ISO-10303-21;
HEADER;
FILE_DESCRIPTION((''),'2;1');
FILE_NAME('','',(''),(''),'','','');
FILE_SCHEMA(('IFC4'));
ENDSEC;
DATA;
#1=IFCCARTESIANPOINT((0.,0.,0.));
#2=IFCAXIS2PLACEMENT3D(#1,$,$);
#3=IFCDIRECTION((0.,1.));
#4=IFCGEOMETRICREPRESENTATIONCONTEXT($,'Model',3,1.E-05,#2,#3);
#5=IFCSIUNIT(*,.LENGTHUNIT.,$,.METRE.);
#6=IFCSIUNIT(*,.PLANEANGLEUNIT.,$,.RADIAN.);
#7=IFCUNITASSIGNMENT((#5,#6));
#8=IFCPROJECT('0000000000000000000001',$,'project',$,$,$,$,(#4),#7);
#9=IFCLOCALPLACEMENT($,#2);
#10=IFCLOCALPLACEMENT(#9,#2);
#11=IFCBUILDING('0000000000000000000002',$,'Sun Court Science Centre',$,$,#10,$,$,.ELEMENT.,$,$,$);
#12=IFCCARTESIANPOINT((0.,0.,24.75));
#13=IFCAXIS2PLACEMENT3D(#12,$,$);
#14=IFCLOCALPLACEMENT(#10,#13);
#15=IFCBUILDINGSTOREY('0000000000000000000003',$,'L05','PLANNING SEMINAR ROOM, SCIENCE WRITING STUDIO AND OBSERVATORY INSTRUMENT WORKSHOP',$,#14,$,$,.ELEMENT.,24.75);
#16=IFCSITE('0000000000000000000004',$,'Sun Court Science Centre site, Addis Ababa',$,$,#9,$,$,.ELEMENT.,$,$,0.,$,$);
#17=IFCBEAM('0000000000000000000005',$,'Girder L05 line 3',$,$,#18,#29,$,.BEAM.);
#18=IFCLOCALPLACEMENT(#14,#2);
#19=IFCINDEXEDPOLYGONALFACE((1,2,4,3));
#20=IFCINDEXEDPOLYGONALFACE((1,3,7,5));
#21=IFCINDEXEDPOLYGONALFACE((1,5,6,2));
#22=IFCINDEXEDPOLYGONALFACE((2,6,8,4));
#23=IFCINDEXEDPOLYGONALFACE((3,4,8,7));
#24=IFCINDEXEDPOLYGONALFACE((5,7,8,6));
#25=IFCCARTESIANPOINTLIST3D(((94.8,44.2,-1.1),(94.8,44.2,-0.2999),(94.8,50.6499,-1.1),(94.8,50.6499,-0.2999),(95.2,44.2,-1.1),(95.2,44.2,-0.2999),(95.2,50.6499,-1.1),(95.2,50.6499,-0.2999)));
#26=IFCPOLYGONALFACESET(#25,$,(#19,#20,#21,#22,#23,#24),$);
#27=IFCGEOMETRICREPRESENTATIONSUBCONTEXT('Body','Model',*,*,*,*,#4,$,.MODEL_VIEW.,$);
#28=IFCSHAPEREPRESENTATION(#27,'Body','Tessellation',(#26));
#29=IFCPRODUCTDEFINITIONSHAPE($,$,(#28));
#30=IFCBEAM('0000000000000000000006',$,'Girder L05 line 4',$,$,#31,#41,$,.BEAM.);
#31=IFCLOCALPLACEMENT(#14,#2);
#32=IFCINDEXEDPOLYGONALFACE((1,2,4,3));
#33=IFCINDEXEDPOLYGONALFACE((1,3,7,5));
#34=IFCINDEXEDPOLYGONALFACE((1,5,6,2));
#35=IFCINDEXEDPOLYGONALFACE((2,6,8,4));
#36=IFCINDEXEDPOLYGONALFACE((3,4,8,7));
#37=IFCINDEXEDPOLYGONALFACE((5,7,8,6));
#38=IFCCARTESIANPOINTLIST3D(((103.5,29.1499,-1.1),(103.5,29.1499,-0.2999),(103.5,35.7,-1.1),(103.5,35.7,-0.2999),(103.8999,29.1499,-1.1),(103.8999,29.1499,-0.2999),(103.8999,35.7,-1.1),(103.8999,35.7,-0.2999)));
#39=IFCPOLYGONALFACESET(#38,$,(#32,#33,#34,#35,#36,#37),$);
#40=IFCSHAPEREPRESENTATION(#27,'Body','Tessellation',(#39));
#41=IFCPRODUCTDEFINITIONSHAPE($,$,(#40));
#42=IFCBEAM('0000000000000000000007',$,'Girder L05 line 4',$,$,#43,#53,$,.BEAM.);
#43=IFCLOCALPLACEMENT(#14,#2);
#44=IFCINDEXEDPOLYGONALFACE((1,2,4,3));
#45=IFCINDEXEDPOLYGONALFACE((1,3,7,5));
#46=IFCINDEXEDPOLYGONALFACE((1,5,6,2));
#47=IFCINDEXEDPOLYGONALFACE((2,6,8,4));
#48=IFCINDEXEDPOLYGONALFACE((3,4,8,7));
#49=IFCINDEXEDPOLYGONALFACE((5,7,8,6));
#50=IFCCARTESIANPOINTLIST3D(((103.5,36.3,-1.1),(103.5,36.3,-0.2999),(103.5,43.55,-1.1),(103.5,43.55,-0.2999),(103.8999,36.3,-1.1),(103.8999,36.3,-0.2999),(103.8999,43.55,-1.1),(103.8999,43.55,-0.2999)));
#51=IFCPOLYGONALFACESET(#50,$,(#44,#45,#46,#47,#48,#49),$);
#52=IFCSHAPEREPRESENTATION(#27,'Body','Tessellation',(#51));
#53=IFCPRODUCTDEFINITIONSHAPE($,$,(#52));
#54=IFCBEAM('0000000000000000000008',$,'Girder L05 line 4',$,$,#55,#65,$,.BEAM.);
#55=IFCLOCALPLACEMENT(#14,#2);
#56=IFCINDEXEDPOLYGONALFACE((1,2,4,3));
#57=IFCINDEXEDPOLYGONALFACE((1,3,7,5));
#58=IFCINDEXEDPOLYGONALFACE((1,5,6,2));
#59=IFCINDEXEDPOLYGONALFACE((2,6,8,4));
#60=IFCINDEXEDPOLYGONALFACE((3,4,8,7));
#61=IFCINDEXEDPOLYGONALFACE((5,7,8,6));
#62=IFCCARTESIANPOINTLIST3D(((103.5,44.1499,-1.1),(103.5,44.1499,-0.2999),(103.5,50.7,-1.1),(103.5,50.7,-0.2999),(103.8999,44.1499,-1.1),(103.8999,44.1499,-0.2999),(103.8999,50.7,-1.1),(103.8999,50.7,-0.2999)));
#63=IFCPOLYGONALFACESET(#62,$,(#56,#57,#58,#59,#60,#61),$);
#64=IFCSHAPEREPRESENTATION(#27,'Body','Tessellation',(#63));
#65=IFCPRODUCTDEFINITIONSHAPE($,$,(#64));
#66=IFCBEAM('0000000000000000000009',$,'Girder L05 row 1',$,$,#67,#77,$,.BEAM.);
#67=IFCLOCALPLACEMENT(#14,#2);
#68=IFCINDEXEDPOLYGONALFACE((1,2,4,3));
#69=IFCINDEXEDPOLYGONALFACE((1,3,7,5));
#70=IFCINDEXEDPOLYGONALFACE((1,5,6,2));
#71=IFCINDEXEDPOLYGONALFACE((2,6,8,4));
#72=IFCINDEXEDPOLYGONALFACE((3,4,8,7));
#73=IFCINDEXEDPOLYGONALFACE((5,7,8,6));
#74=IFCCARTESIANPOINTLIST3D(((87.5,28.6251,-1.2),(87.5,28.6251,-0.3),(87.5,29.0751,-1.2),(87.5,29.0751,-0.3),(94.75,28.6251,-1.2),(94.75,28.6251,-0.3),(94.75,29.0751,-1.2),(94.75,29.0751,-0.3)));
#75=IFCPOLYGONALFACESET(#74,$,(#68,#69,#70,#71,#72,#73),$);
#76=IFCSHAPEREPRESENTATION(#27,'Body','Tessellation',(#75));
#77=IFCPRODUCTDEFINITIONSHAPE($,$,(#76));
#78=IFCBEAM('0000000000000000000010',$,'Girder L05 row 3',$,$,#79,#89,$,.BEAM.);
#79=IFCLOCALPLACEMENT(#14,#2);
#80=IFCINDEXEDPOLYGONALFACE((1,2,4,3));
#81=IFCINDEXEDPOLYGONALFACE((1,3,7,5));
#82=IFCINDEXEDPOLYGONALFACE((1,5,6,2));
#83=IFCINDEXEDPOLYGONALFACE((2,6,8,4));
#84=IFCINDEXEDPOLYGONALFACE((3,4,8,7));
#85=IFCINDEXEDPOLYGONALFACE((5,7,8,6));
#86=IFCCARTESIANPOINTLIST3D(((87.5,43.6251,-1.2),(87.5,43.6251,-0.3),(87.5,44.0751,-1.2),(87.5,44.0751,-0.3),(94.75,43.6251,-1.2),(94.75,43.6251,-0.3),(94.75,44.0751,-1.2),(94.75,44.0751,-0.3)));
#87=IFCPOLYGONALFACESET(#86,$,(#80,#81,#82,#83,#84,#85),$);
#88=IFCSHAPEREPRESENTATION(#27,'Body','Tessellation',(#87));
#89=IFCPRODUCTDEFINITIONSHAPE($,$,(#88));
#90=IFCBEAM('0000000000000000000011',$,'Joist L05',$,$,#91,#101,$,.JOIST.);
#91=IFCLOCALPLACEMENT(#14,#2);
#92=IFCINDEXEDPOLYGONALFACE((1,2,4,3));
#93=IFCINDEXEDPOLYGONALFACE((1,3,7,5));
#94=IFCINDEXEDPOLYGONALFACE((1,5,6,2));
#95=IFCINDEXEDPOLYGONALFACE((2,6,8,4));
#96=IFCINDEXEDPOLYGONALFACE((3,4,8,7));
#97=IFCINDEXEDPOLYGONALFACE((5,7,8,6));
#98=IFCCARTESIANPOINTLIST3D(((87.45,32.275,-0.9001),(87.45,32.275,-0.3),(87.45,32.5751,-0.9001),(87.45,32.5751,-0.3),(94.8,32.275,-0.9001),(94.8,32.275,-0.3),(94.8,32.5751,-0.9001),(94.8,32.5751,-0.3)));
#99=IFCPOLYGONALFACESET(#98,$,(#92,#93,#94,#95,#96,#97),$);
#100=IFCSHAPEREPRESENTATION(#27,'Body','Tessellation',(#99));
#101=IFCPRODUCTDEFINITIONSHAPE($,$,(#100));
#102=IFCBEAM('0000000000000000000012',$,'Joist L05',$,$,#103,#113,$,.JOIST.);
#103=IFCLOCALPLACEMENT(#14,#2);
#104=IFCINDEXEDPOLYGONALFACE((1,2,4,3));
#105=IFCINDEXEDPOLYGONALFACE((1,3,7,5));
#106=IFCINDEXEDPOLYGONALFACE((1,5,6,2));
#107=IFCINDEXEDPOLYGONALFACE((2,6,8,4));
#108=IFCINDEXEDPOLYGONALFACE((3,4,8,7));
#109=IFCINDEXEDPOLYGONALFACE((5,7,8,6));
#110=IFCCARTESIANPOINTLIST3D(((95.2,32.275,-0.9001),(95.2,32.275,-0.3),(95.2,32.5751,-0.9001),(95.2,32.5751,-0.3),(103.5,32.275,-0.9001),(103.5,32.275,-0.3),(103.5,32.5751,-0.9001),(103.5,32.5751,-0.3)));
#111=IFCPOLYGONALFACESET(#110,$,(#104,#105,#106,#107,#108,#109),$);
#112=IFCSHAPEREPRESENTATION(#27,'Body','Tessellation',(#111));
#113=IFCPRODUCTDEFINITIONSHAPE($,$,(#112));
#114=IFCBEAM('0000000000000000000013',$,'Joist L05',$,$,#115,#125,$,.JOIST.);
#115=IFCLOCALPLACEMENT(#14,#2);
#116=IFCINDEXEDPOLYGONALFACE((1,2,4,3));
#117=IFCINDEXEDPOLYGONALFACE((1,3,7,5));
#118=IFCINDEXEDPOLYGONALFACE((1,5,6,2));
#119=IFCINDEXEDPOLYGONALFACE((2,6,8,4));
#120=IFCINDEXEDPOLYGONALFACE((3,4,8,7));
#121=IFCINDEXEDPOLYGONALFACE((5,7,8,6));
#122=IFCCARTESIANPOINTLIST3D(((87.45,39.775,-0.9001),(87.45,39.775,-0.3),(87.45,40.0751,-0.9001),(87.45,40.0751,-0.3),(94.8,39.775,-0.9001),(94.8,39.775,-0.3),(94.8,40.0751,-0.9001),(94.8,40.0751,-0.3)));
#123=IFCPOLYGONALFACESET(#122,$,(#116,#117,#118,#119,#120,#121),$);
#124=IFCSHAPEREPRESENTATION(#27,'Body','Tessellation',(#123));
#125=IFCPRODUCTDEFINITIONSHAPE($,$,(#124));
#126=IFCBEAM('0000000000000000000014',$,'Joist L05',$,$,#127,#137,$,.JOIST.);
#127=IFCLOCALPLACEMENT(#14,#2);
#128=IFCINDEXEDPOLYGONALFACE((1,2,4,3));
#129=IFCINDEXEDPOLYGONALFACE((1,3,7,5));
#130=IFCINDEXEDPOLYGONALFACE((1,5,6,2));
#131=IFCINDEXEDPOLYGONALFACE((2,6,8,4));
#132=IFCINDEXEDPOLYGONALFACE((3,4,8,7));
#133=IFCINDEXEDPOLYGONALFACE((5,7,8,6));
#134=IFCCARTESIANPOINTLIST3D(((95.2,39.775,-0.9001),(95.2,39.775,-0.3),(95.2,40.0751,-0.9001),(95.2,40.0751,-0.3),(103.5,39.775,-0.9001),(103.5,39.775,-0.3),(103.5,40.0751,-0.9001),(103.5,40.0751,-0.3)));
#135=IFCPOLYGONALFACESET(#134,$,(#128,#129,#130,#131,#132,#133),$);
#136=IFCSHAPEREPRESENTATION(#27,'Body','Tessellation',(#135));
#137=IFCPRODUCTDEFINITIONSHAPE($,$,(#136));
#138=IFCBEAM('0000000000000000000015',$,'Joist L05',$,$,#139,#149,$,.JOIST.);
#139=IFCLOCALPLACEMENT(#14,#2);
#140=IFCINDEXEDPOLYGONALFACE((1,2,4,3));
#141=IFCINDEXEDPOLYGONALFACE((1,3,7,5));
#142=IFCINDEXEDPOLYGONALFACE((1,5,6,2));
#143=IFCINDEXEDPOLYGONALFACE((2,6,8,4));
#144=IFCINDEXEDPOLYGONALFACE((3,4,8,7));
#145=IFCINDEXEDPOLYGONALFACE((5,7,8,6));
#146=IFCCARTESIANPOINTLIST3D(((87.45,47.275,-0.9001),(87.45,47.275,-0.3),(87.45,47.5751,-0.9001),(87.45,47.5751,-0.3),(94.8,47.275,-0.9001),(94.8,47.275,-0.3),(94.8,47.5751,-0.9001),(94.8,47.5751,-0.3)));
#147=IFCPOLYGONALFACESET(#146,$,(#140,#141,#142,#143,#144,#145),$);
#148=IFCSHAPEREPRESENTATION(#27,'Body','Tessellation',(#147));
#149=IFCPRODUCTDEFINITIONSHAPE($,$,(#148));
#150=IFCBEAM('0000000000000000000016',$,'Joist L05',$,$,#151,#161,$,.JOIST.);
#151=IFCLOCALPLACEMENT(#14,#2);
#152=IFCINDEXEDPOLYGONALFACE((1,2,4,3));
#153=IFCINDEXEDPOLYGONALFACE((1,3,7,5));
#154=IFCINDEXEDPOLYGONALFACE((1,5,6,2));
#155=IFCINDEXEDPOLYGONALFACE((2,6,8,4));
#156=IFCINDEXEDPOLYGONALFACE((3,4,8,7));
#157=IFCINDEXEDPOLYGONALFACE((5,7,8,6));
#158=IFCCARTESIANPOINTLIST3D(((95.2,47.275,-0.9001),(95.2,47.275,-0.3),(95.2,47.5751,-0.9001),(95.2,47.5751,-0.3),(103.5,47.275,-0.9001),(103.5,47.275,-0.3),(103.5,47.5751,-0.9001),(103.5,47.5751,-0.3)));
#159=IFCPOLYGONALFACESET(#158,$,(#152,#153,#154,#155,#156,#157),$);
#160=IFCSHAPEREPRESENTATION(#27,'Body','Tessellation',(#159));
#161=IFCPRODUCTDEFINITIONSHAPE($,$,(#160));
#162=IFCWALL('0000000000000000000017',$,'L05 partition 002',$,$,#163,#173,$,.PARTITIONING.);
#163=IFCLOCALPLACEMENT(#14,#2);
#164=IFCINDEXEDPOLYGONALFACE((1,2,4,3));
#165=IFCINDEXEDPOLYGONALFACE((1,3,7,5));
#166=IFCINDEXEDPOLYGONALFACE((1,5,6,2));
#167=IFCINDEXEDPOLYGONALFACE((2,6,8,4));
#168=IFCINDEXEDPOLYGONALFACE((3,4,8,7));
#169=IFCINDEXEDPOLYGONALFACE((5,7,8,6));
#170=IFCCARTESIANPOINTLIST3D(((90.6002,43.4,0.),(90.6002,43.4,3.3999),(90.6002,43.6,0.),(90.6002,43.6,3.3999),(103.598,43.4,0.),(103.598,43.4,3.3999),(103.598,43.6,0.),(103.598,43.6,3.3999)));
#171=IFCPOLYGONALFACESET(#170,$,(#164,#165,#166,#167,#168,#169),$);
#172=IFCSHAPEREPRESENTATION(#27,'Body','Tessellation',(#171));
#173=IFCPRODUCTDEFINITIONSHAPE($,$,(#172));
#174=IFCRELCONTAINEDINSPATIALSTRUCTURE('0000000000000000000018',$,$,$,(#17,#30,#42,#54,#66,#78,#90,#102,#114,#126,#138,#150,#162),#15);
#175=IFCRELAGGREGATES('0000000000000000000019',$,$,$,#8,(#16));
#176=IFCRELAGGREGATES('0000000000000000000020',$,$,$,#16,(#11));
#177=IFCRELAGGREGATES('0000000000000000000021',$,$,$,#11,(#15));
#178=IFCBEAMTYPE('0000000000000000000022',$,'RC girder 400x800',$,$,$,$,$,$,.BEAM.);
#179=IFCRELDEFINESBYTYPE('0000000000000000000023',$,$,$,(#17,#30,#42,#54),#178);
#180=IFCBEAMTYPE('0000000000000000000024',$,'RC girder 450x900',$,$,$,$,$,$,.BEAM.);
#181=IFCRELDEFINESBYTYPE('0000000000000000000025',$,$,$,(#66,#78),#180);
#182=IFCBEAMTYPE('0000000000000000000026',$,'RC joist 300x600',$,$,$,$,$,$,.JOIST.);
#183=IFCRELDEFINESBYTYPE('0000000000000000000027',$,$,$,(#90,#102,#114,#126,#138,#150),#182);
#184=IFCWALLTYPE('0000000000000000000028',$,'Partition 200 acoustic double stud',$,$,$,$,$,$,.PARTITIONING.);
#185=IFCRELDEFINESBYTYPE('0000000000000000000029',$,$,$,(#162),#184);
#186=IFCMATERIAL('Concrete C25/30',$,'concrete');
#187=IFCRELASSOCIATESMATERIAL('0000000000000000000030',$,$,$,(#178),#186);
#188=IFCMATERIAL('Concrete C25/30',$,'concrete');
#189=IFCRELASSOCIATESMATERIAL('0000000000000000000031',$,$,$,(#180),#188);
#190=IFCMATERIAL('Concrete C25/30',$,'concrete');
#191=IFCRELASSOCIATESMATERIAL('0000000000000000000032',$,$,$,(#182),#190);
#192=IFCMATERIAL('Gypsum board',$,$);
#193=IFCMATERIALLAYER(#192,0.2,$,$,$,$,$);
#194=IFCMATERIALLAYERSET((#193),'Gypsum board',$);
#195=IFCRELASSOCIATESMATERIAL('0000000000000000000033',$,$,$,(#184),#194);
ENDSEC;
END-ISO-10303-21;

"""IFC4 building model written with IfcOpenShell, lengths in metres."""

from ifc_helpers import new_model, si_unit, direction, frame, frame_2d, origin, origin_2d, place, context, subcontext, project, spatial, rectangle, extrude, material, layer, layer_set, material_profile, profile_set, type_object, element, save


model = new_model("IFC4")

# Units and contexts
model_context = context("Model", 3, precision=1e-05, world=origin(), true_north=direction((0.0, 1.0)))
body_context = subcontext(model_context, "Body", "Model", "MODEL_VIEW")
ifc_project = project(units=[si_unit("LENGTHUNIT", "METRE"), si_unit("PLANEANGLEUNIT", "RADIAN")], contexts=[model_context])

# Site, building, storey
site_placement = place(None, origin())
site = spatial("IfcSite", under=ifc_project, at=site_placement, Name="Sun Court Science Centre site, Addis Ababa", CompositionType="ELEMENT", RefElevation=0.0)
building_placement = place(site_placement, origin())
building = spatial("IfcBuilding", under=site, at=building_placement, Name="Sun Court Science Centre", CompositionType="ELEMENT")
storey_placement = place(building_placement, frame((0.0, 0.0, 24.75)))
storey = spatial("IfcBuildingStorey", under=building, at=storey_placement, Name="L05", Description="PLANNING SEMINAR ROOM, SCIENCE WRITING STUDIO AND OBSERVATORY INSTRUMENT WORKSHOP", CompositionType="ELEMENT", Elevation=24.75)

# Beams
ifc_material_1 = material(Name="Concrete C25/30", Category="concrete")
ifc_material_profile_1 = material_profile(ifc_material_1, rectangle(XDim=0.3999, YDim=0.8, at=origin_2d()), Name="RC 400x800")
ifc_profile_set_1 = profile_set([ifc_material_profile_1], Name="Concrete C25/30")
beam_type_1 = type_object("IfcBeamType", Name="RC girder 400x800", PredefinedType="BEAM", material=ifc_profile_set_1)
beam_1_placement = place(storey_placement, frame((95.0, 44.2, -0.7), z_axis=(0.0, 1.0, 0.0), x_axis=(-1.0, 0.0, 0.0)))
element("IfcBeam", 1, at=beam_1_placement, inside=storey, type_object=beam_type_1, Name="Girder L05 line 3", PredefinedType="BEAM", context=body_context, shape_type="SweptSolid", body=[
    extrude(rectangle(XDim=0.3999, YDim=0.8, at=origin_2d()), origin(), (0.0, 0.0, 1.0), 6.45),
])
beam_2_placement = place(storey_placement, frame((103.7, 29.1499, -0.7), z_axis=(0.0, 1.0, 0.0), x_axis=(-1.0, 0.0, 0.0)))
element("IfcBeam", 2, at=beam_2_placement, inside=storey, type_object=beam_type_1, Name="Girder L05 line 4", PredefinedType="BEAM", context=body_context, shape_type="SweptSolid", body=[
    extrude(rectangle(XDim=0.3999, YDim=0.8, at=origin_2d()), origin(), (0.0, 0.0, 1.0), 6.55),
])
beam_3_placement = place(storey_placement, frame((103.7, 36.3, -0.7), z_axis=(0.0, 1.0, 0.0), x_axis=(-1.0, 0.0, 0.0)))
element("IfcBeam", 3, at=beam_3_placement, inside=storey, type_object=beam_type_1, Name="Girder L05 line 4", PredefinedType="BEAM", context=body_context, shape_type="SweptSolid", body=[
    extrude(rectangle(XDim=0.3999, YDim=0.8, at=origin_2d()), origin(), (0.0, 0.0, 1.0), 7.25),
])
beam_4_placement = place(storey_placement, frame((103.7, 44.1499, -0.7), z_axis=(0.0, 1.0, 0.0), x_axis=(-1.0, 0.0, 0.0)))
element("IfcBeam", 4, at=beam_4_placement, inside=storey, type_object=beam_type_1, Name="Girder L05 line 4", PredefinedType="BEAM", context=body_context, shape_type="SweptSolid", body=[
    extrude(rectangle(XDim=0.3999, YDim=0.8, at=origin_2d()), origin(), (0.0, 0.0, 1.0), 6.55),
])
ifc_material_2 = material(Name="Concrete C25/30", Category="concrete")
ifc_material_profile_2 = material_profile(ifc_material_2, rectangle(XDim=0.45, YDim=0.8999, at=origin_2d()), Name="RC 450x900")
ifc_profile_set_2 = profile_set([ifc_material_profile_2], Name="Concrete C25/30")
beam_type_2 = type_object("IfcBeamType", Name="RC girder 450x900", PredefinedType="BEAM", material=ifc_profile_set_2)
for number, where, z_axis, x_axis, name in (
    (5, (87.5, 28.8501, -0.75), (1.0, 0.0, 0.0), (0.0, 1.0, 0.0), "Girder L05 row 1"),
    (6, (87.5, 43.8501, -0.75), (1.0, 0.0, 0.0), (0.0, 1.0, 0.0), "Girder L05 row 3"),
):
    element("IfcBeam", number, at=place(storey_placement, frame(where, z_axis=z_axis, x_axis=x_axis)), inside=storey, type_object=beam_type_2, Name=name, PredefinedType="BEAM", context=body_context, shape_type="SweptSolid", body=[
        extrude(rectangle(XDim=0.45, YDim=0.8999, at=origin_2d()), origin(), (0.0, 0.0, 1.0), 7.25),
    ])
ifc_material_3 = material(Name="Concrete C25/30", Category="concrete")
ifc_material_profile_3 = material_profile(ifc_material_3, rectangle(XDim=0.3, YDim=0.6001, at=origin_2d()), Name="RC 300x600")
ifc_profile_set_3 = profile_set([ifc_material_profile_3], Name="Concrete C25/30")
beam_type_3 = type_object("IfcBeamType", Name="RC joist 300x600", PredefinedType="JOIST", material=ifc_profile_set_3)
beam_5_placement = place(storey_placement, frame((87.45, 32.425, -0.6001), z_axis=(1.0, 0.0, 0.0), x_axis=(0.0, 1.0, 0.0)))
element("IfcBeam", 7, at=beam_5_placement, inside=storey, type_object=beam_type_3, Name="Joist L05", PredefinedType="JOIST", context=body_context, shape_type="SweptSolid", body=[
    extrude(rectangle(XDim=0.3, YDim=0.6001, at=origin_2d()), origin(), (0.0, 0.0, 1.0), 7.3501),
])
beam_6_placement = place(storey_placement, frame((95.2, 32.425, -0.6001), z_axis=(1.0, 0.0, 0.0), x_axis=(0.0, 1.0, 0.0)))
element("IfcBeam", 8, at=beam_6_placement, inside=storey, type_object=beam_type_3, Name="Joist L05", PredefinedType="JOIST", context=body_context, shape_type="SweptSolid", body=[
    extrude(rectangle(XDim=0.3, YDim=0.6001, at=origin_2d()), origin(), (0.0, 0.0, 1.0), 8.3),
])
beam_7_placement = place(storey_placement, frame((87.45, 39.925, -0.6001), z_axis=(1.0, 0.0, 0.0), x_axis=(0.0, 1.0, 0.0)))
element("IfcBeam", 9, at=beam_7_placement, inside=storey, type_object=beam_type_3, Name="Joist L05", PredefinedType="JOIST", context=body_context, shape_type="SweptSolid", body=[
    extrude(rectangle(XDim=0.3, YDim=0.6001, at=origin_2d()), origin(), (0.0, 0.0, 1.0), 7.3501),
])
beam_8_placement = place(storey_placement, frame((95.2, 39.925, -0.6001), z_axis=(1.0, 0.0, 0.0), x_axis=(0.0, 1.0, 0.0)))
element("IfcBeam", 10, at=beam_8_placement, inside=storey, type_object=beam_type_3, Name="Joist L05", PredefinedType="JOIST", context=body_context, shape_type="SweptSolid", body=[
    extrude(rectangle(XDim=0.3, YDim=0.6001, at=origin_2d()), origin(), (0.0, 0.0, 1.0), 8.3),
])
beam_9_placement = place(storey_placement, frame((87.45, 47.425, -0.6001), z_axis=(1.0, 0.0, 0.0), x_axis=(0.0, 1.0, 0.0)))
element("IfcBeam", 11, at=beam_9_placement, inside=storey, type_object=beam_type_3, Name="Joist L05", PredefinedType="JOIST", context=body_context, shape_type="SweptSolid", body=[
    extrude(rectangle(XDim=0.3, YDim=0.6001, at=origin_2d()), origin(), (0.0, 0.0, 1.0), 7.3501),
])
beam_10_placement = place(storey_placement, frame((95.2, 47.425, -0.6001), z_axis=(1.0, 0.0, 0.0), x_axis=(0.0, 1.0, 0.0)))
element("IfcBeam", 12, at=beam_10_placement, inside=storey, type_object=beam_type_3, Name="Joist L05", PredefinedType="JOIST", context=body_context, shape_type="SweptSolid", body=[
    extrude(rectangle(XDim=0.3, YDim=0.6001, at=origin_2d()), origin(), (0.0, 0.0, 1.0), 8.3),
])

# Wall
ifc_material_4 = material(Name="Gypsum board")
ifc_layer_1 = layer(ifc_material_4, 0.2)
ifc_layer_set_1 = layer_set([ifc_layer_1], Name="Gypsum board")
wall_type_1 = type_object("IfcWallType", Name="Partition 200 acoustic double stud", PredefinedType="PARTITIONING", material=ifc_layer_set_1)
wall_1_placement = place(storey_placement, frame((90.6001, 43.5, 0.0), z_axis=(0.0, 0.0, 1.0), x_axis=(1.0, 0.0, 0.0)))
element("IfcWall", 13, at=wall_1_placement, inside=storey, type_object=wall_type_1, Name="L05 partition 002", PredefinedType="PARTITIONING", context=body_context, shape_type="SweptSolid", body=[
    extrude(rectangle(XDim=12.9978, YDim=0.2, at=frame_2d((6.499, 0.0))), origin(), (0.0, 0.0, 1.0), 3.3999),
])

save(model, "model.ifc")
